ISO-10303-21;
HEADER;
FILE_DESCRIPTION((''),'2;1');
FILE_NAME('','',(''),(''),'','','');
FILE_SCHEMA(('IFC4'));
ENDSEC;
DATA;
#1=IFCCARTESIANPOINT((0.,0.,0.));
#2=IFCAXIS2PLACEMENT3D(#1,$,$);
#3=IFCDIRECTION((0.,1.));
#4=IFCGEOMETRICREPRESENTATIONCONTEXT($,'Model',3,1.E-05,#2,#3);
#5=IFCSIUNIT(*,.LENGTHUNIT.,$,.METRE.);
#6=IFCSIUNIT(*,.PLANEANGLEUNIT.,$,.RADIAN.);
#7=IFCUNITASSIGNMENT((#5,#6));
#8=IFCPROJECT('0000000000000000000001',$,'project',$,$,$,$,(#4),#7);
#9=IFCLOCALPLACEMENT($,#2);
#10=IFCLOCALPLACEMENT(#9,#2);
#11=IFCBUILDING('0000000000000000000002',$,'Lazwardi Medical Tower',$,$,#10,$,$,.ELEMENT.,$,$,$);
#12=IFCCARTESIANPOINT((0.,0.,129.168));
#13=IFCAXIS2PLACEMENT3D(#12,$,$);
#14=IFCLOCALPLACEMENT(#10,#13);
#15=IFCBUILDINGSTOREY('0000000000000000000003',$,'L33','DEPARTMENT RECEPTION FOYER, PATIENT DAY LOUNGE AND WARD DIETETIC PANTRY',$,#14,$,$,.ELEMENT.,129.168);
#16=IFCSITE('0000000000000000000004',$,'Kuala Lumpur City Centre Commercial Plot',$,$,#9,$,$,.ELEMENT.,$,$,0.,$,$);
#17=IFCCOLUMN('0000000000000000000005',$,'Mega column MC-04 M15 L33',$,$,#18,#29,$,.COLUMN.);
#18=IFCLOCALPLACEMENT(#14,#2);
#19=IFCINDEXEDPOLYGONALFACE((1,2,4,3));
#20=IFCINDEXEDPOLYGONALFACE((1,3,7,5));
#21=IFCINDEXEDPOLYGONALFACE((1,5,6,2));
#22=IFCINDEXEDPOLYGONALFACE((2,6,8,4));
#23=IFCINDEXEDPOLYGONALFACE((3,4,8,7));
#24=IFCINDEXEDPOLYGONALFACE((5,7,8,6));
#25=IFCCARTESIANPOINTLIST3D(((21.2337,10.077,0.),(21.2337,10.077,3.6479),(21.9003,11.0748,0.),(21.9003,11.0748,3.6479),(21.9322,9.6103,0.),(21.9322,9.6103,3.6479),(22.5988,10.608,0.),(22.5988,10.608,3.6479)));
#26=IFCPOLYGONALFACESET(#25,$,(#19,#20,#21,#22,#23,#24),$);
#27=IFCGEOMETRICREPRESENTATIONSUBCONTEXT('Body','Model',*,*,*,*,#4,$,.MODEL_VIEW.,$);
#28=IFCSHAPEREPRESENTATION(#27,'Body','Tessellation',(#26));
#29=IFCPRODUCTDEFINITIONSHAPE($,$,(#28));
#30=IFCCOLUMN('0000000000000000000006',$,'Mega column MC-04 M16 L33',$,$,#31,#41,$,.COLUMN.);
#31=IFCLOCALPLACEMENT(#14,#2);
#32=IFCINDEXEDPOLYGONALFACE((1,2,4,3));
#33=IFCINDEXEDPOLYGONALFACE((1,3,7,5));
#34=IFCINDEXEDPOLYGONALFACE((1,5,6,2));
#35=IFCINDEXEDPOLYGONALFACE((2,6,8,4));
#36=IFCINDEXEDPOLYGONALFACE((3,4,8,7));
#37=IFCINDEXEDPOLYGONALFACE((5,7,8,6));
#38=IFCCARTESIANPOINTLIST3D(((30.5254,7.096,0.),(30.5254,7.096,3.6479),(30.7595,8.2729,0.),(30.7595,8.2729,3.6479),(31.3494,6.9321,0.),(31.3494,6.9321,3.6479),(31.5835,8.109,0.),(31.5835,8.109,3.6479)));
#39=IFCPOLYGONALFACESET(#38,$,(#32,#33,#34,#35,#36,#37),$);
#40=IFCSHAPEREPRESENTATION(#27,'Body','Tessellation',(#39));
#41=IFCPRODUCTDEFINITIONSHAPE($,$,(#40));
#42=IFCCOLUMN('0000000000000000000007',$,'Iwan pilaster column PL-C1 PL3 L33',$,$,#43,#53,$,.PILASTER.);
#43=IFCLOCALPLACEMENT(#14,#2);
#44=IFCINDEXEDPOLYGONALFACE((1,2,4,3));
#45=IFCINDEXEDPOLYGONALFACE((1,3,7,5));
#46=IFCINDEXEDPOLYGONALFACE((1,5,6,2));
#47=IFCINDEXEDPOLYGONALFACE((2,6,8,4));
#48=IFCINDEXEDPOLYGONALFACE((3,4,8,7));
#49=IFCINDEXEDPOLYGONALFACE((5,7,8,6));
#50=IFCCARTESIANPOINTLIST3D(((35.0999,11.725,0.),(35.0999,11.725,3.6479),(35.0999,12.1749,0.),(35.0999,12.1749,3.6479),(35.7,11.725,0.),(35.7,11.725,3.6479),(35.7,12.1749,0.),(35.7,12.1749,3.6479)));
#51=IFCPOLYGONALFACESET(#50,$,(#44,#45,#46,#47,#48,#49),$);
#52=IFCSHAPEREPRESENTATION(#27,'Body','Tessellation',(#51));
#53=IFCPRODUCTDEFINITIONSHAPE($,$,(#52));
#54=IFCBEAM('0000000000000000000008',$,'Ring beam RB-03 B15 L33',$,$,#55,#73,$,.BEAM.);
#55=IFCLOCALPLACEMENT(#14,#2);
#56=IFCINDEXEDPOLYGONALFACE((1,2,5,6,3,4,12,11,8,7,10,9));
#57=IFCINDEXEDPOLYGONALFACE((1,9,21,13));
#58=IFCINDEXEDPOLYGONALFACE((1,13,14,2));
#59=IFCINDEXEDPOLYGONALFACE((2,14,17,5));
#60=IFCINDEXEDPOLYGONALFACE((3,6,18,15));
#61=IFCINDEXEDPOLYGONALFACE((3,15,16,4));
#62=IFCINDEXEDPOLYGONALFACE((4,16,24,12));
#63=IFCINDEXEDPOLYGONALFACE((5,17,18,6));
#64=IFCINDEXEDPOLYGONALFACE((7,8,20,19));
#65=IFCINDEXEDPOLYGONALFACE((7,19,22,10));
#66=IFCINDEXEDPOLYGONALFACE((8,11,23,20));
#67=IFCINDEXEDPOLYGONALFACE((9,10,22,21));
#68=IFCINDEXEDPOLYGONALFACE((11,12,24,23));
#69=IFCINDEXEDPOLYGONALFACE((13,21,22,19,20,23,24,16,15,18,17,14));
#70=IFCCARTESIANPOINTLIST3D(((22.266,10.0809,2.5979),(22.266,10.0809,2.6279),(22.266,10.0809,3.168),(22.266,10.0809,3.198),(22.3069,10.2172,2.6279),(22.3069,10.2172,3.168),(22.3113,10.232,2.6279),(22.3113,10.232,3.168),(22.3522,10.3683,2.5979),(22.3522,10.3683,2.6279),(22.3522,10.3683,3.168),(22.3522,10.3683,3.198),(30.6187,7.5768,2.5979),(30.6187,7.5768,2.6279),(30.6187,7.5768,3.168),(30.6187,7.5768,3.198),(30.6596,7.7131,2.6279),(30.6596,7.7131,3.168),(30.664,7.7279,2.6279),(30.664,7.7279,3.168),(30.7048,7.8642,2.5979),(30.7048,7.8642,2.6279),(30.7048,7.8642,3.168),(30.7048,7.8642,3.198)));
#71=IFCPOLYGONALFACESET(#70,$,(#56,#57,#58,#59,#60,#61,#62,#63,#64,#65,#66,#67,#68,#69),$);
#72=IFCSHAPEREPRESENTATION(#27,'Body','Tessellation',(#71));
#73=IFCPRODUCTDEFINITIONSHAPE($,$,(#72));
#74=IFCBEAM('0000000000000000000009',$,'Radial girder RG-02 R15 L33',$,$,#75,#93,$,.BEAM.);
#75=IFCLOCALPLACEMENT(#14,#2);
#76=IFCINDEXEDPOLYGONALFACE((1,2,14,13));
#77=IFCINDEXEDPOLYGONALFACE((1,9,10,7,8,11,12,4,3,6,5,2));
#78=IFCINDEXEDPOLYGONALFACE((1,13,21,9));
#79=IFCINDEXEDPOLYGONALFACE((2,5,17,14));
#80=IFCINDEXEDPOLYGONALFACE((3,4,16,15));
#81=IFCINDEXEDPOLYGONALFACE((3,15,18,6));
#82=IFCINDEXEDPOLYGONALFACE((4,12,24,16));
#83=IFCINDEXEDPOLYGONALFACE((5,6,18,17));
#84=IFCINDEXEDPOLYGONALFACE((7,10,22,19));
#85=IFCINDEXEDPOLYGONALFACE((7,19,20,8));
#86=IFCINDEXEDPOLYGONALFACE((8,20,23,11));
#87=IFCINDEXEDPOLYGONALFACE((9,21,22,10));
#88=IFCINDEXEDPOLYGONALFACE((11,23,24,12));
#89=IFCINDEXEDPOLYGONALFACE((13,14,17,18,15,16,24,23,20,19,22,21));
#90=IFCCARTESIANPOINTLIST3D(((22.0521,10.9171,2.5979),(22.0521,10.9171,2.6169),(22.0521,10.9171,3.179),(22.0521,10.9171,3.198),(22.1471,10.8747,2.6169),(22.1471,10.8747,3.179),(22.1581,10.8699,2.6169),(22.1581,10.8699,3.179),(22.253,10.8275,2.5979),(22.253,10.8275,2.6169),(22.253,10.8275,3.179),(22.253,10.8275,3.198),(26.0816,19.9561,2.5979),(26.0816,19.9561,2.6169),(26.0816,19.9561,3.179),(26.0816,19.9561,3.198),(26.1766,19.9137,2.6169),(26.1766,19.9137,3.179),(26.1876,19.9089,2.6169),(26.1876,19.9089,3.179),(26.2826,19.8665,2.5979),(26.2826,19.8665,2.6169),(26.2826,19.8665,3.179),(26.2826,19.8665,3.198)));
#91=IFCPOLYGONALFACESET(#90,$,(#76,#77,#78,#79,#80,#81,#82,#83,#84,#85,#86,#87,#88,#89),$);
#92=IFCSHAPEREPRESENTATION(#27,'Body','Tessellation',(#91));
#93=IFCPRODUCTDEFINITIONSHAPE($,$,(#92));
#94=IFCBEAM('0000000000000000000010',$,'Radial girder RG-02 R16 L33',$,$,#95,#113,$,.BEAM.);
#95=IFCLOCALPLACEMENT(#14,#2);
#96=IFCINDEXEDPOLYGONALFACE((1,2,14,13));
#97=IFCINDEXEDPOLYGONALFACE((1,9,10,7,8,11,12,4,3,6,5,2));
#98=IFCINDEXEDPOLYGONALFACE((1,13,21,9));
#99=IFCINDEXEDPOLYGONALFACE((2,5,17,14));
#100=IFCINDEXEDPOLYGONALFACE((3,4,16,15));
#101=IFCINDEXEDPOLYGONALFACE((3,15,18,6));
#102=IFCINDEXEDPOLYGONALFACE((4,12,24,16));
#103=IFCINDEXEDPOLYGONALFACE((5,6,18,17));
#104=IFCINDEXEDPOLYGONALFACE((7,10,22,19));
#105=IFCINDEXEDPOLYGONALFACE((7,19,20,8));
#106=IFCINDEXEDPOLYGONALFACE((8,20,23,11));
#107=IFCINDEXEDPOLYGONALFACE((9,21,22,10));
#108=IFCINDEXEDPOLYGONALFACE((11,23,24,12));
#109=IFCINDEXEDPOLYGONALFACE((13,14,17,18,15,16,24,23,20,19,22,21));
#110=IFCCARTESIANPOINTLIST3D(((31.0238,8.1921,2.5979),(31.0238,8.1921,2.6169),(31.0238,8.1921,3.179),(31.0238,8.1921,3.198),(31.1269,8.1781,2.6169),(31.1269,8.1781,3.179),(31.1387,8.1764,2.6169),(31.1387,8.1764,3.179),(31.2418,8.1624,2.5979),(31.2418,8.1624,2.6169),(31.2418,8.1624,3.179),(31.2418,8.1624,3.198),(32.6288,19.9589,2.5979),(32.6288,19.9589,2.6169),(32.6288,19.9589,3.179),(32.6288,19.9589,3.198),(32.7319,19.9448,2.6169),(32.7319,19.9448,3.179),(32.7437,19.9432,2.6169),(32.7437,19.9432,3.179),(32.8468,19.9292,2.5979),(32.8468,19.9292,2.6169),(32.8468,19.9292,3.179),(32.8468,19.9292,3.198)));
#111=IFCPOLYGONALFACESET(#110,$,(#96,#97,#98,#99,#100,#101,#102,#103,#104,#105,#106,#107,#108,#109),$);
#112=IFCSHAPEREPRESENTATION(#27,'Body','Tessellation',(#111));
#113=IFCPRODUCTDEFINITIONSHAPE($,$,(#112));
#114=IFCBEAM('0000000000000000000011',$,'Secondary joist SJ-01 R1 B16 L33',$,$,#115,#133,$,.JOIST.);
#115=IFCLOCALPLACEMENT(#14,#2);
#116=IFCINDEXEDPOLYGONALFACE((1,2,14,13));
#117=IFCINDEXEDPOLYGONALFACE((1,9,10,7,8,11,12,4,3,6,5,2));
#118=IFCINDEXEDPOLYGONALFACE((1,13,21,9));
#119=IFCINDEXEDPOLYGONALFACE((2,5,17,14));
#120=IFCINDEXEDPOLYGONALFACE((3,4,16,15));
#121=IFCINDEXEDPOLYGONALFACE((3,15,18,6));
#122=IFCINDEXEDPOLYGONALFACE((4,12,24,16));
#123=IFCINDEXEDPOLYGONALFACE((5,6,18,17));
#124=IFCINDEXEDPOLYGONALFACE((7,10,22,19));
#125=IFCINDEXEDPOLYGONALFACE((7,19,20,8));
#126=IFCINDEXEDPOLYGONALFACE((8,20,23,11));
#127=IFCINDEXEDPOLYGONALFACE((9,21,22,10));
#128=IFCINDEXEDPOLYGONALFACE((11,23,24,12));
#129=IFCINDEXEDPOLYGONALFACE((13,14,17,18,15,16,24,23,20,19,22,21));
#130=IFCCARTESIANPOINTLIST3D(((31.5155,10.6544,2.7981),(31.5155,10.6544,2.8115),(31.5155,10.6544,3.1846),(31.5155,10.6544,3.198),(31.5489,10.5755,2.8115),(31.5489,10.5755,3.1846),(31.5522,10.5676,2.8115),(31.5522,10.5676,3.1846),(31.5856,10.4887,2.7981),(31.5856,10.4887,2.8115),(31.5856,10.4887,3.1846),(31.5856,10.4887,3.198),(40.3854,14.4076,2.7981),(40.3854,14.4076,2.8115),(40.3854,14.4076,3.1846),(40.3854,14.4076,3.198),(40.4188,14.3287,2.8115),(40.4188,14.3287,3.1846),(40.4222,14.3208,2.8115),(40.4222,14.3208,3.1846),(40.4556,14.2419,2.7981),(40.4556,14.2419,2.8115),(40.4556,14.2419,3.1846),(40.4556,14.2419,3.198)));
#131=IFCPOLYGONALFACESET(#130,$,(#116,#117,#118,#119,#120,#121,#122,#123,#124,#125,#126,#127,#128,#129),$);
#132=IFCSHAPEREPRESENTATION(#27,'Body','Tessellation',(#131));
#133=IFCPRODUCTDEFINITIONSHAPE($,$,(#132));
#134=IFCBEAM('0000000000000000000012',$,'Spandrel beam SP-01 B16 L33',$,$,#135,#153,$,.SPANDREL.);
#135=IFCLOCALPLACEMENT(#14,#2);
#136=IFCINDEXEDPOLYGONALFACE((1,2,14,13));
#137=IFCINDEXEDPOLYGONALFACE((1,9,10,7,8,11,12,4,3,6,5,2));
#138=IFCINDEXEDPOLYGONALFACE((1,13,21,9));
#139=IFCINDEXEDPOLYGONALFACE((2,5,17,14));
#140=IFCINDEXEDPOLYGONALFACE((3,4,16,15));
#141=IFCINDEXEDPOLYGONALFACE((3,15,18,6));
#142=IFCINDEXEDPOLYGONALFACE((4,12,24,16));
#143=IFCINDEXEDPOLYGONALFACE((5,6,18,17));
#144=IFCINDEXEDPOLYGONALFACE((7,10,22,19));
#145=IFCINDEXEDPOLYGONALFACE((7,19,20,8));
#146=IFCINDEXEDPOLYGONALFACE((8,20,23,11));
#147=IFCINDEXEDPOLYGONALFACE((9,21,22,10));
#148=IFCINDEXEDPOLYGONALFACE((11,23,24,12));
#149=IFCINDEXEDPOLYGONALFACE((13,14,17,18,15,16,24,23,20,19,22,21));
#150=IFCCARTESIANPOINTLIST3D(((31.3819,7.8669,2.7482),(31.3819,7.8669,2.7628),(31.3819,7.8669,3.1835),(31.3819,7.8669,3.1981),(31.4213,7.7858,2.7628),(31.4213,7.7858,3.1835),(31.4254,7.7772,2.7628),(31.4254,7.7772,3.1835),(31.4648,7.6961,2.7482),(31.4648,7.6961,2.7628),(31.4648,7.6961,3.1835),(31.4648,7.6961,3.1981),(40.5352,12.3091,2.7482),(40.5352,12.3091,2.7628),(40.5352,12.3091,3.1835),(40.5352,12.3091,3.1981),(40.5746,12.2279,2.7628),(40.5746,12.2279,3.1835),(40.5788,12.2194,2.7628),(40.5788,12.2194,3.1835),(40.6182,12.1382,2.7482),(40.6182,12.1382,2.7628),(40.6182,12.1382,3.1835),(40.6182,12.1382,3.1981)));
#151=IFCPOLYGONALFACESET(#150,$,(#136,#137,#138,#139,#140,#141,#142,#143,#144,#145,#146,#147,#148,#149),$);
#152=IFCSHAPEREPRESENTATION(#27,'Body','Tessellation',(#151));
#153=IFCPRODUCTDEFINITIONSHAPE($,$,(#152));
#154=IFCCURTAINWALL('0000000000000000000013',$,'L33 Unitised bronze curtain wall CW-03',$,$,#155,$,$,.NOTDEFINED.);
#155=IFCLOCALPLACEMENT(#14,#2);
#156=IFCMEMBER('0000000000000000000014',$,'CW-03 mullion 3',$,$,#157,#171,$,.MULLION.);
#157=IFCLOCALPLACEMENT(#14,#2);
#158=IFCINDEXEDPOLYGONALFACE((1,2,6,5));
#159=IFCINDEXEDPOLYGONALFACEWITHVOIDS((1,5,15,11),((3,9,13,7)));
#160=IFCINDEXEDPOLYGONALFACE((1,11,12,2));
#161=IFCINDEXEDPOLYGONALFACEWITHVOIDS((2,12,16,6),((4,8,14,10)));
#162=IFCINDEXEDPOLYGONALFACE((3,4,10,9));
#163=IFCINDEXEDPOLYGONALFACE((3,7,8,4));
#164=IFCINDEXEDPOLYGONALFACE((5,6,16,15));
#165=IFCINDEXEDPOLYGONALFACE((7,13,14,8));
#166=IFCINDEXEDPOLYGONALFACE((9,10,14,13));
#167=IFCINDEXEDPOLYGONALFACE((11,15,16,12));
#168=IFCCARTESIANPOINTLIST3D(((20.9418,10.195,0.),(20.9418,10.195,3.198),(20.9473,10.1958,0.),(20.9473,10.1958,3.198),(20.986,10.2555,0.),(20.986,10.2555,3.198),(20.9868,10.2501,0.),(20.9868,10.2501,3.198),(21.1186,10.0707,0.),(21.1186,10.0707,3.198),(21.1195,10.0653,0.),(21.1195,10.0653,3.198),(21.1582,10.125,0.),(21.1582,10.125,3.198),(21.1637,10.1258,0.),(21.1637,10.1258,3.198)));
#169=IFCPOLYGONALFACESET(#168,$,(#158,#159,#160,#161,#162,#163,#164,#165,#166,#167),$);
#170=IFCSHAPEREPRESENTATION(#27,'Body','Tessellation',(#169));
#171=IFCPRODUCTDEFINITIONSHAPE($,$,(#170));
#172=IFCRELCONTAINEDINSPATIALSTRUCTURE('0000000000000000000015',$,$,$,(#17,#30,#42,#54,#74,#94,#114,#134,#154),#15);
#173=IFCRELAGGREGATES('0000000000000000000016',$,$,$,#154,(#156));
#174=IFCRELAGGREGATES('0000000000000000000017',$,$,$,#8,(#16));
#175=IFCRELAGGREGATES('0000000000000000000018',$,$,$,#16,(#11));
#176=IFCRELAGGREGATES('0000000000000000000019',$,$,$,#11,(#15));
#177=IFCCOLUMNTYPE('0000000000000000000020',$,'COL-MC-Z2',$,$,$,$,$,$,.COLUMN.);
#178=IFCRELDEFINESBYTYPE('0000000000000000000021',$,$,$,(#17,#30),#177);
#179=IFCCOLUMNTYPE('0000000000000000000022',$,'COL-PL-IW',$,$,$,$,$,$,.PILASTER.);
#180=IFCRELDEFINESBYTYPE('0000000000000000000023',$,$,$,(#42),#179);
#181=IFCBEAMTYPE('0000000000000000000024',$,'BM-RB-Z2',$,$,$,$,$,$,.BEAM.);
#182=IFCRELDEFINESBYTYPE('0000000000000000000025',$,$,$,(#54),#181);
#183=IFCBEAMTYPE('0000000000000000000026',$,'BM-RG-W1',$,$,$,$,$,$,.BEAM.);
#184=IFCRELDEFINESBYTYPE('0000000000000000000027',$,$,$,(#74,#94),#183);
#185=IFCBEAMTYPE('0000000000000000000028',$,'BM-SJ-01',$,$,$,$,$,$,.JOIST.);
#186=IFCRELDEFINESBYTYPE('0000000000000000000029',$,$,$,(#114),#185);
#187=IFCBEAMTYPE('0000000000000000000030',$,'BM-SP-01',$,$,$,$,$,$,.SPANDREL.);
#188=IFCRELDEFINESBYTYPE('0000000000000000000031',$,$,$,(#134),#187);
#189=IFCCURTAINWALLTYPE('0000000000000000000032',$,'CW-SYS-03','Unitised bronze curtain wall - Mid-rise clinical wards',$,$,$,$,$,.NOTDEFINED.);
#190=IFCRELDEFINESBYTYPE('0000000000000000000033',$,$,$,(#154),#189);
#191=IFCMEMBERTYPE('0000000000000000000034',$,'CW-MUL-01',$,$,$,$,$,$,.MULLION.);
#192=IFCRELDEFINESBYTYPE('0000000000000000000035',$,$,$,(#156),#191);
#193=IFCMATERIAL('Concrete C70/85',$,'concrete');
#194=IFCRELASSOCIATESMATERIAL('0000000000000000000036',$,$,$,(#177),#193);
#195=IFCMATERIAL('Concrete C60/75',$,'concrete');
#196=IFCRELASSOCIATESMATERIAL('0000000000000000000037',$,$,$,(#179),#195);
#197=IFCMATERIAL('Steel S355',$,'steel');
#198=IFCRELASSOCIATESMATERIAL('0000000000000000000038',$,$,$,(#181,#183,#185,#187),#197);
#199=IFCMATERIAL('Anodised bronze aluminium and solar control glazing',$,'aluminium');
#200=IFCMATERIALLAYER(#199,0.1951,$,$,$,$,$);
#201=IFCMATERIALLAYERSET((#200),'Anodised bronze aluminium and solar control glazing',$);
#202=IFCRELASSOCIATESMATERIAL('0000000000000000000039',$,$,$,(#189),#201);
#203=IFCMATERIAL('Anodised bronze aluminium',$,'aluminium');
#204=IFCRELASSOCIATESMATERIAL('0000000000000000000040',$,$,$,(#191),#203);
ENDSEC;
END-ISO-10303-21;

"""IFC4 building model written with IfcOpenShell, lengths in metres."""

from ifc_helpers import new_model, si_unit, direction, frame, origin, origin_2d, place, context, subcontext, project, spatial, rectangle, hollow_rectangle, i_section, extrude, material, layer, layer_set, material_profile, profile_set, type_object, element, aggregate, save


model = new_model("IFC4")

# Units and contexts
model_context = context("Model", 3, precision=1e-05, world=origin(), true_north=direction((0.0, 1.0)))
body_context = subcontext(model_context, "Body", "Model", "MODEL_VIEW")
ifc_project = project(units=[si_unit("LENGTHUNIT", "METRE"), si_unit("PLANEANGLEUNIT", "RADIAN")], contexts=[model_context])

# Site, building, storey
site_placement = place(None, origin())
site = spatial("IfcSite", under=ifc_project, at=site_placement, Name="Kuala Lumpur City Centre Commercial Plot", CompositionType="ELEMENT", RefElevation=0.0)
building_placement = place(site_placement, origin())
building = spatial("IfcBuilding", under=site, at=building_placement, Name="Lazwardi Medical Tower", CompositionType="ELEMENT")
storey_placement = place(building_placement, frame((0.0, 0.0, 129.168)))
storey = spatial("IfcBuildingStorey", under=building, at=storey_placement, Name="L33", Description="DEPARTMENT RECEPTION FOYER, PATIENT DAY LOUNGE AND WARD DIETETIC PANTRY", CompositionType="ELEMENT", Elevation=129.168)

# Columns
ifc_material_1 = material(Name="Concrete C70/85", Category="concrete")
ifc_material_profile_1 = material_profile(ifc_material_1, rectangle(XDim=1.2, YDim=0.8401, at=origin_2d()), Name="CFT-RECT 1200x840")
ifc_profile_set_1 = profile_set([ifc_material_profile_1], Name="Concrete C70/85")
column_type_1 = type_object("IfcColumnType", Name="COL-MC-Z2", PredefinedType="COLUMN", material=ifc_profile_set_1)
for number, where, z_axis, x_axis, name in (
    (1, (21.9163, 10.3425, 0.0), (0.0, 0.0, 1.0), (-0.55557, -0.83147, 0.0), "Mega column MC-04 M15 L33"),
    (2, (31.0544, 7.6025, 0.0), (0.0, 0.0, 1.0), (-0.19509, -0.980785, 0.0), "Mega column MC-04 M16 L33"),
):
    element("IfcColumn", number, at=place(storey_placement, frame(where, z_axis=z_axis, x_axis=x_axis)), inside=storey, type_object=column_type_1, Name=name, PredefinedType="COLUMN", context=body_context, shape_type="SweptSolid", body=[
        extrude(rectangle(XDim=1.2, YDim=0.8401, at=origin_2d()), origin(), (0.0, 0.0, 1.0), 3.6479),
    ])
ifc_material_2 = material(Name="Concrete C60/75", Category="concrete")
ifc_material_profile_2 = material_profile(ifc_material_2, rectangle(XDim=0.6001, YDim=0.45, at=origin_2d()), Name="RC 600x450")
ifc_profile_set_2 = profile_set([ifc_material_profile_2], Name="Concrete C60/75")
column_type_2 = type_object("IfcColumnType", Name="COL-PL-IW", PredefinedType="PILASTER", material=ifc_profile_set_2)
column_placement = place(storey_placement, frame((35.3999, 11.95, 0.0), z_axis=(0.0, 0.0, 1.0), x_axis=(1.0, 0.0, 0.0)))
element("IfcColumn", 3, at=column_placement, inside=storey, type_object=column_type_2, Name="Iwan pilaster column PL-C1 PL3 L33", PredefinedType="PILASTER", context=body_context, shape_type="SweptSolid", body=[
    extrude(rectangle(XDim=0.6001, YDim=0.45, at=origin_2d()), origin(), (0.0, 0.0, 1.0), 3.6479),
])

# Beams
ifc_material_3 = material(Name="Steel S355", Category="steel")
ifc_material_profile_3 = material_profile(ifc_material_3, i_section(OverallWidth=0.3, OverallDepth=0.6001, WebThickness=0.0154, FlangeThickness=0.03, at=origin_2d()), Name="HEB 600")
ifc_profile_set_3 = profile_set([ifc_material_profile_3], Name="Steel S355")
beam_type_1 = type_object("IfcBeamType", Name="BM-RB-Z2", PredefinedType="BEAM", material=ifc_profile_set_3)
beam_1_placement = place(storey_placement, frame((22.3091, 10.2246, 2.8979), z_axis=(0.957879, -0.287171, 0.0), x_axis=(0.287171, 0.957879, 0.0)))
element("IfcBeam", 4, at=beam_1_placement, inside=storey, type_object=beam_type_1, Name="Ring beam RB-03 B15 L33", PredefinedType="BEAM", context=body_context, shape_type="SweptSolid", body=[
    extrude(i_section(OverallWidth=0.3, OverallDepth=0.6001, WebThickness=0.0154, FlangeThickness=0.03, at=origin_2d()), origin(), (0.0, 0.0, 1.0), 8.72),
])
ifc_material_profile_4 = material_profile(ifc_material_3, i_section(OverallWidth=0.22, OverallDepth=0.6001, WebThickness=0.012, FlangeThickness=0.019, at=origin_2d()), Name="IPE 600")
ifc_profile_set_4 = profile_set([ifc_material_profile_4], Name="Steel S355")
beam_type_2 = type_object("IfcBeamType", Name="BM-RG-W1", PredefinedType="BEAM", material=ifc_profile_set_4)
beam_2_placement = place(storey_placement, frame((22.1526, 10.8723, 2.8979), z_axis=(0.407166, 0.913354, 0.0), x_axis=(-0.913354, 0.407166, 0.0)))
element("IfcBeam", 5, at=beam_2_placement, inside=storey, type_object=beam_type_2, Name="Radial girder RG-02 R15 L33", PredefinedType="BEAM", context=body_context, shape_type="SweptSolid", body=[
    extrude(i_section(OverallWidth=0.22, OverallDepth=0.6001, WebThickness=0.012, FlangeThickness=0.019, at=origin_2d()), origin(), (0.0, 0.0, 1.0), 9.8965),
])
beam_3_placement = place(storey_placement, frame((31.1328, 8.1772, 2.8979), z_axis=(0.135147, 0.990826, 0.0), x_axis=(-0.990826, 0.135147, 0.0)))
element("IfcBeam", 6, at=beam_3_placement, inside=storey, type_object=beam_type_2, Name="Radial girder RG-02 R16 L33", PredefinedType="BEAM", context=body_context, shape_type="SweptSolid", body=[
    extrude(i_section(OverallWidth=0.22, OverallDepth=0.6001, WebThickness=0.012, FlangeThickness=0.019, at=origin_2d()), origin(), (0.0, 0.0, 1.0), 11.8757),
])
ifc_material_profile_5 = material_profile(ifc_material_3, i_section(OverallWidth=0.1799, OverallDepth=0.3999, WebThickness=0.0085, FlangeThickness=0.0134, at=origin_2d()), Name="IPE 400")
ifc_profile_set_5 = profile_set([ifc_material_profile_5], Name="Steel S355")
beam_type_3 = type_object("IfcBeamType", Name="BM-SJ-01", PredefinedType="JOIST", material=ifc_profile_set_5)
beam_4_placement = place(storey_placement, frame((31.5505, 10.5715, 2.998), z_axis=(0.920947, 0.389687, 0.0), x_axis=(-0.389687, 0.920947, 0.0)))
element("IfcBeam", 7, at=beam_4_placement, inside=storey, type_object=beam_type_3, Name="Secondary joist SJ-01 R1 B16 L33", PredefinedType="JOIST", context=body_context, shape_type="SweptSolid", body=[
    extrude(i_section(OverallWidth=0.1799, OverallDepth=0.3999, WebThickness=0.0085, FlangeThickness=0.0134, at=origin_2d()), origin(), (0.0, 0.0, 1.0), 9.6313),
])
ifc_material_profile_6 = material_profile(ifc_material_3, i_section(OverallWidth=0.1899, OverallDepth=0.45, WebThickness=0.0095, FlangeThickness=0.0146, at=origin_2d()), Name="IPE 450")
ifc_profile_set_6 = profile_set([ifc_material_profile_6], Name="Steel S355")
beam_type_4 = type_object("IfcBeamType", Name="BM-SP-01", PredefinedType="SPANDREL", material=ifc_profile_set_6)
beam_5_placement = place(storey_placement, frame((31.4233, 7.7815, 2.9731), z_axis=(0.899653, 0.436605, 0.0), x_axis=(-0.436605, 0.899653, 0.0)))
element("IfcBeam", 8, at=beam_5_placement, inside=storey, type_object=beam_type_4, Name="Spandrel beam SP-01 B16 L33", PredefinedType="SPANDREL", context=body_context, shape_type="SweptSolid", body=[
    extrude(i_section(OverallWidth=0.1899, OverallDepth=0.45, WebThickness=0.0095, FlangeThickness=0.0146, at=origin_2d()), origin(), (0.0, 0.0, 1.0), 10.1743),
])

# Curtain wall, member
ifc_material_4 = material(Name="Anodised bronze aluminium and solar control glazing", Category="aluminium")
ifc_layer_1 = layer(ifc_material_4, 0.1951)
ifc_layer_set_1 = layer_set([ifc_layer_1], Name="Anodised bronze aluminium and solar control glazing")
curtain_wall_type = type_object("IfcCurtainWallType", Name="CW-SYS-03", Description="Unitised bronze curtain wall - Mid-rise clinical wards", PredefinedType="NOTDEFINED", material=ifc_layer_set_1)
curtain_wall_1_placement = place(storey_placement, origin())
curtain_wall_1 = element("IfcCurtainWall", 9, at=curtain_wall_1_placement, inside=storey, type_object=curtain_wall_type, Name="L33 Unitised bronze curtain wall CW-03", PredefinedType="NOTDEFINED")
ifc_material_5 = material(Name="Anodised bronze aluminium", Category="aluminium")
ifc_material_profile_7 = material_profile(ifc_material_5, hollow_rectangle(XDim=0.075, YDim=0.22, WallThickness=0.0039, at=origin_2d()), Name="ALU-MULLION 220x75x4")
ifc_profile_set_7 = profile_set([ifc_material_profile_7], Name="Anodised bronze aluminium")
member_type_1 = type_object("IfcMemberType", Name="CW-MUL-01", PredefinedType="MULLION", material=ifc_profile_set_7)
member_1_placement = place(storey_placement, frame((21.0527, 10.1604, 0.0), z_axis=(0.0, 0.0, 1.0), x_axis=(0.589531, 0.807746, 0.0)))
member_1 = element("IfcMember", 10, at=member_1_placement, type_object=member_type_1, Name="CW-03 mullion 3", PredefinedType="MULLION", context=body_context, shape_type="SweptSolid", body=[
    extrude(hollow_rectangle(XDim=0.075, YDim=0.22, WallThickness=0.0039, at=origin_2d()), origin(), (0.0, 0.0, 1.0), 3.198),
])

aggregate(curtain_wall_1, [member_1])

save(model, "model.ifc")
